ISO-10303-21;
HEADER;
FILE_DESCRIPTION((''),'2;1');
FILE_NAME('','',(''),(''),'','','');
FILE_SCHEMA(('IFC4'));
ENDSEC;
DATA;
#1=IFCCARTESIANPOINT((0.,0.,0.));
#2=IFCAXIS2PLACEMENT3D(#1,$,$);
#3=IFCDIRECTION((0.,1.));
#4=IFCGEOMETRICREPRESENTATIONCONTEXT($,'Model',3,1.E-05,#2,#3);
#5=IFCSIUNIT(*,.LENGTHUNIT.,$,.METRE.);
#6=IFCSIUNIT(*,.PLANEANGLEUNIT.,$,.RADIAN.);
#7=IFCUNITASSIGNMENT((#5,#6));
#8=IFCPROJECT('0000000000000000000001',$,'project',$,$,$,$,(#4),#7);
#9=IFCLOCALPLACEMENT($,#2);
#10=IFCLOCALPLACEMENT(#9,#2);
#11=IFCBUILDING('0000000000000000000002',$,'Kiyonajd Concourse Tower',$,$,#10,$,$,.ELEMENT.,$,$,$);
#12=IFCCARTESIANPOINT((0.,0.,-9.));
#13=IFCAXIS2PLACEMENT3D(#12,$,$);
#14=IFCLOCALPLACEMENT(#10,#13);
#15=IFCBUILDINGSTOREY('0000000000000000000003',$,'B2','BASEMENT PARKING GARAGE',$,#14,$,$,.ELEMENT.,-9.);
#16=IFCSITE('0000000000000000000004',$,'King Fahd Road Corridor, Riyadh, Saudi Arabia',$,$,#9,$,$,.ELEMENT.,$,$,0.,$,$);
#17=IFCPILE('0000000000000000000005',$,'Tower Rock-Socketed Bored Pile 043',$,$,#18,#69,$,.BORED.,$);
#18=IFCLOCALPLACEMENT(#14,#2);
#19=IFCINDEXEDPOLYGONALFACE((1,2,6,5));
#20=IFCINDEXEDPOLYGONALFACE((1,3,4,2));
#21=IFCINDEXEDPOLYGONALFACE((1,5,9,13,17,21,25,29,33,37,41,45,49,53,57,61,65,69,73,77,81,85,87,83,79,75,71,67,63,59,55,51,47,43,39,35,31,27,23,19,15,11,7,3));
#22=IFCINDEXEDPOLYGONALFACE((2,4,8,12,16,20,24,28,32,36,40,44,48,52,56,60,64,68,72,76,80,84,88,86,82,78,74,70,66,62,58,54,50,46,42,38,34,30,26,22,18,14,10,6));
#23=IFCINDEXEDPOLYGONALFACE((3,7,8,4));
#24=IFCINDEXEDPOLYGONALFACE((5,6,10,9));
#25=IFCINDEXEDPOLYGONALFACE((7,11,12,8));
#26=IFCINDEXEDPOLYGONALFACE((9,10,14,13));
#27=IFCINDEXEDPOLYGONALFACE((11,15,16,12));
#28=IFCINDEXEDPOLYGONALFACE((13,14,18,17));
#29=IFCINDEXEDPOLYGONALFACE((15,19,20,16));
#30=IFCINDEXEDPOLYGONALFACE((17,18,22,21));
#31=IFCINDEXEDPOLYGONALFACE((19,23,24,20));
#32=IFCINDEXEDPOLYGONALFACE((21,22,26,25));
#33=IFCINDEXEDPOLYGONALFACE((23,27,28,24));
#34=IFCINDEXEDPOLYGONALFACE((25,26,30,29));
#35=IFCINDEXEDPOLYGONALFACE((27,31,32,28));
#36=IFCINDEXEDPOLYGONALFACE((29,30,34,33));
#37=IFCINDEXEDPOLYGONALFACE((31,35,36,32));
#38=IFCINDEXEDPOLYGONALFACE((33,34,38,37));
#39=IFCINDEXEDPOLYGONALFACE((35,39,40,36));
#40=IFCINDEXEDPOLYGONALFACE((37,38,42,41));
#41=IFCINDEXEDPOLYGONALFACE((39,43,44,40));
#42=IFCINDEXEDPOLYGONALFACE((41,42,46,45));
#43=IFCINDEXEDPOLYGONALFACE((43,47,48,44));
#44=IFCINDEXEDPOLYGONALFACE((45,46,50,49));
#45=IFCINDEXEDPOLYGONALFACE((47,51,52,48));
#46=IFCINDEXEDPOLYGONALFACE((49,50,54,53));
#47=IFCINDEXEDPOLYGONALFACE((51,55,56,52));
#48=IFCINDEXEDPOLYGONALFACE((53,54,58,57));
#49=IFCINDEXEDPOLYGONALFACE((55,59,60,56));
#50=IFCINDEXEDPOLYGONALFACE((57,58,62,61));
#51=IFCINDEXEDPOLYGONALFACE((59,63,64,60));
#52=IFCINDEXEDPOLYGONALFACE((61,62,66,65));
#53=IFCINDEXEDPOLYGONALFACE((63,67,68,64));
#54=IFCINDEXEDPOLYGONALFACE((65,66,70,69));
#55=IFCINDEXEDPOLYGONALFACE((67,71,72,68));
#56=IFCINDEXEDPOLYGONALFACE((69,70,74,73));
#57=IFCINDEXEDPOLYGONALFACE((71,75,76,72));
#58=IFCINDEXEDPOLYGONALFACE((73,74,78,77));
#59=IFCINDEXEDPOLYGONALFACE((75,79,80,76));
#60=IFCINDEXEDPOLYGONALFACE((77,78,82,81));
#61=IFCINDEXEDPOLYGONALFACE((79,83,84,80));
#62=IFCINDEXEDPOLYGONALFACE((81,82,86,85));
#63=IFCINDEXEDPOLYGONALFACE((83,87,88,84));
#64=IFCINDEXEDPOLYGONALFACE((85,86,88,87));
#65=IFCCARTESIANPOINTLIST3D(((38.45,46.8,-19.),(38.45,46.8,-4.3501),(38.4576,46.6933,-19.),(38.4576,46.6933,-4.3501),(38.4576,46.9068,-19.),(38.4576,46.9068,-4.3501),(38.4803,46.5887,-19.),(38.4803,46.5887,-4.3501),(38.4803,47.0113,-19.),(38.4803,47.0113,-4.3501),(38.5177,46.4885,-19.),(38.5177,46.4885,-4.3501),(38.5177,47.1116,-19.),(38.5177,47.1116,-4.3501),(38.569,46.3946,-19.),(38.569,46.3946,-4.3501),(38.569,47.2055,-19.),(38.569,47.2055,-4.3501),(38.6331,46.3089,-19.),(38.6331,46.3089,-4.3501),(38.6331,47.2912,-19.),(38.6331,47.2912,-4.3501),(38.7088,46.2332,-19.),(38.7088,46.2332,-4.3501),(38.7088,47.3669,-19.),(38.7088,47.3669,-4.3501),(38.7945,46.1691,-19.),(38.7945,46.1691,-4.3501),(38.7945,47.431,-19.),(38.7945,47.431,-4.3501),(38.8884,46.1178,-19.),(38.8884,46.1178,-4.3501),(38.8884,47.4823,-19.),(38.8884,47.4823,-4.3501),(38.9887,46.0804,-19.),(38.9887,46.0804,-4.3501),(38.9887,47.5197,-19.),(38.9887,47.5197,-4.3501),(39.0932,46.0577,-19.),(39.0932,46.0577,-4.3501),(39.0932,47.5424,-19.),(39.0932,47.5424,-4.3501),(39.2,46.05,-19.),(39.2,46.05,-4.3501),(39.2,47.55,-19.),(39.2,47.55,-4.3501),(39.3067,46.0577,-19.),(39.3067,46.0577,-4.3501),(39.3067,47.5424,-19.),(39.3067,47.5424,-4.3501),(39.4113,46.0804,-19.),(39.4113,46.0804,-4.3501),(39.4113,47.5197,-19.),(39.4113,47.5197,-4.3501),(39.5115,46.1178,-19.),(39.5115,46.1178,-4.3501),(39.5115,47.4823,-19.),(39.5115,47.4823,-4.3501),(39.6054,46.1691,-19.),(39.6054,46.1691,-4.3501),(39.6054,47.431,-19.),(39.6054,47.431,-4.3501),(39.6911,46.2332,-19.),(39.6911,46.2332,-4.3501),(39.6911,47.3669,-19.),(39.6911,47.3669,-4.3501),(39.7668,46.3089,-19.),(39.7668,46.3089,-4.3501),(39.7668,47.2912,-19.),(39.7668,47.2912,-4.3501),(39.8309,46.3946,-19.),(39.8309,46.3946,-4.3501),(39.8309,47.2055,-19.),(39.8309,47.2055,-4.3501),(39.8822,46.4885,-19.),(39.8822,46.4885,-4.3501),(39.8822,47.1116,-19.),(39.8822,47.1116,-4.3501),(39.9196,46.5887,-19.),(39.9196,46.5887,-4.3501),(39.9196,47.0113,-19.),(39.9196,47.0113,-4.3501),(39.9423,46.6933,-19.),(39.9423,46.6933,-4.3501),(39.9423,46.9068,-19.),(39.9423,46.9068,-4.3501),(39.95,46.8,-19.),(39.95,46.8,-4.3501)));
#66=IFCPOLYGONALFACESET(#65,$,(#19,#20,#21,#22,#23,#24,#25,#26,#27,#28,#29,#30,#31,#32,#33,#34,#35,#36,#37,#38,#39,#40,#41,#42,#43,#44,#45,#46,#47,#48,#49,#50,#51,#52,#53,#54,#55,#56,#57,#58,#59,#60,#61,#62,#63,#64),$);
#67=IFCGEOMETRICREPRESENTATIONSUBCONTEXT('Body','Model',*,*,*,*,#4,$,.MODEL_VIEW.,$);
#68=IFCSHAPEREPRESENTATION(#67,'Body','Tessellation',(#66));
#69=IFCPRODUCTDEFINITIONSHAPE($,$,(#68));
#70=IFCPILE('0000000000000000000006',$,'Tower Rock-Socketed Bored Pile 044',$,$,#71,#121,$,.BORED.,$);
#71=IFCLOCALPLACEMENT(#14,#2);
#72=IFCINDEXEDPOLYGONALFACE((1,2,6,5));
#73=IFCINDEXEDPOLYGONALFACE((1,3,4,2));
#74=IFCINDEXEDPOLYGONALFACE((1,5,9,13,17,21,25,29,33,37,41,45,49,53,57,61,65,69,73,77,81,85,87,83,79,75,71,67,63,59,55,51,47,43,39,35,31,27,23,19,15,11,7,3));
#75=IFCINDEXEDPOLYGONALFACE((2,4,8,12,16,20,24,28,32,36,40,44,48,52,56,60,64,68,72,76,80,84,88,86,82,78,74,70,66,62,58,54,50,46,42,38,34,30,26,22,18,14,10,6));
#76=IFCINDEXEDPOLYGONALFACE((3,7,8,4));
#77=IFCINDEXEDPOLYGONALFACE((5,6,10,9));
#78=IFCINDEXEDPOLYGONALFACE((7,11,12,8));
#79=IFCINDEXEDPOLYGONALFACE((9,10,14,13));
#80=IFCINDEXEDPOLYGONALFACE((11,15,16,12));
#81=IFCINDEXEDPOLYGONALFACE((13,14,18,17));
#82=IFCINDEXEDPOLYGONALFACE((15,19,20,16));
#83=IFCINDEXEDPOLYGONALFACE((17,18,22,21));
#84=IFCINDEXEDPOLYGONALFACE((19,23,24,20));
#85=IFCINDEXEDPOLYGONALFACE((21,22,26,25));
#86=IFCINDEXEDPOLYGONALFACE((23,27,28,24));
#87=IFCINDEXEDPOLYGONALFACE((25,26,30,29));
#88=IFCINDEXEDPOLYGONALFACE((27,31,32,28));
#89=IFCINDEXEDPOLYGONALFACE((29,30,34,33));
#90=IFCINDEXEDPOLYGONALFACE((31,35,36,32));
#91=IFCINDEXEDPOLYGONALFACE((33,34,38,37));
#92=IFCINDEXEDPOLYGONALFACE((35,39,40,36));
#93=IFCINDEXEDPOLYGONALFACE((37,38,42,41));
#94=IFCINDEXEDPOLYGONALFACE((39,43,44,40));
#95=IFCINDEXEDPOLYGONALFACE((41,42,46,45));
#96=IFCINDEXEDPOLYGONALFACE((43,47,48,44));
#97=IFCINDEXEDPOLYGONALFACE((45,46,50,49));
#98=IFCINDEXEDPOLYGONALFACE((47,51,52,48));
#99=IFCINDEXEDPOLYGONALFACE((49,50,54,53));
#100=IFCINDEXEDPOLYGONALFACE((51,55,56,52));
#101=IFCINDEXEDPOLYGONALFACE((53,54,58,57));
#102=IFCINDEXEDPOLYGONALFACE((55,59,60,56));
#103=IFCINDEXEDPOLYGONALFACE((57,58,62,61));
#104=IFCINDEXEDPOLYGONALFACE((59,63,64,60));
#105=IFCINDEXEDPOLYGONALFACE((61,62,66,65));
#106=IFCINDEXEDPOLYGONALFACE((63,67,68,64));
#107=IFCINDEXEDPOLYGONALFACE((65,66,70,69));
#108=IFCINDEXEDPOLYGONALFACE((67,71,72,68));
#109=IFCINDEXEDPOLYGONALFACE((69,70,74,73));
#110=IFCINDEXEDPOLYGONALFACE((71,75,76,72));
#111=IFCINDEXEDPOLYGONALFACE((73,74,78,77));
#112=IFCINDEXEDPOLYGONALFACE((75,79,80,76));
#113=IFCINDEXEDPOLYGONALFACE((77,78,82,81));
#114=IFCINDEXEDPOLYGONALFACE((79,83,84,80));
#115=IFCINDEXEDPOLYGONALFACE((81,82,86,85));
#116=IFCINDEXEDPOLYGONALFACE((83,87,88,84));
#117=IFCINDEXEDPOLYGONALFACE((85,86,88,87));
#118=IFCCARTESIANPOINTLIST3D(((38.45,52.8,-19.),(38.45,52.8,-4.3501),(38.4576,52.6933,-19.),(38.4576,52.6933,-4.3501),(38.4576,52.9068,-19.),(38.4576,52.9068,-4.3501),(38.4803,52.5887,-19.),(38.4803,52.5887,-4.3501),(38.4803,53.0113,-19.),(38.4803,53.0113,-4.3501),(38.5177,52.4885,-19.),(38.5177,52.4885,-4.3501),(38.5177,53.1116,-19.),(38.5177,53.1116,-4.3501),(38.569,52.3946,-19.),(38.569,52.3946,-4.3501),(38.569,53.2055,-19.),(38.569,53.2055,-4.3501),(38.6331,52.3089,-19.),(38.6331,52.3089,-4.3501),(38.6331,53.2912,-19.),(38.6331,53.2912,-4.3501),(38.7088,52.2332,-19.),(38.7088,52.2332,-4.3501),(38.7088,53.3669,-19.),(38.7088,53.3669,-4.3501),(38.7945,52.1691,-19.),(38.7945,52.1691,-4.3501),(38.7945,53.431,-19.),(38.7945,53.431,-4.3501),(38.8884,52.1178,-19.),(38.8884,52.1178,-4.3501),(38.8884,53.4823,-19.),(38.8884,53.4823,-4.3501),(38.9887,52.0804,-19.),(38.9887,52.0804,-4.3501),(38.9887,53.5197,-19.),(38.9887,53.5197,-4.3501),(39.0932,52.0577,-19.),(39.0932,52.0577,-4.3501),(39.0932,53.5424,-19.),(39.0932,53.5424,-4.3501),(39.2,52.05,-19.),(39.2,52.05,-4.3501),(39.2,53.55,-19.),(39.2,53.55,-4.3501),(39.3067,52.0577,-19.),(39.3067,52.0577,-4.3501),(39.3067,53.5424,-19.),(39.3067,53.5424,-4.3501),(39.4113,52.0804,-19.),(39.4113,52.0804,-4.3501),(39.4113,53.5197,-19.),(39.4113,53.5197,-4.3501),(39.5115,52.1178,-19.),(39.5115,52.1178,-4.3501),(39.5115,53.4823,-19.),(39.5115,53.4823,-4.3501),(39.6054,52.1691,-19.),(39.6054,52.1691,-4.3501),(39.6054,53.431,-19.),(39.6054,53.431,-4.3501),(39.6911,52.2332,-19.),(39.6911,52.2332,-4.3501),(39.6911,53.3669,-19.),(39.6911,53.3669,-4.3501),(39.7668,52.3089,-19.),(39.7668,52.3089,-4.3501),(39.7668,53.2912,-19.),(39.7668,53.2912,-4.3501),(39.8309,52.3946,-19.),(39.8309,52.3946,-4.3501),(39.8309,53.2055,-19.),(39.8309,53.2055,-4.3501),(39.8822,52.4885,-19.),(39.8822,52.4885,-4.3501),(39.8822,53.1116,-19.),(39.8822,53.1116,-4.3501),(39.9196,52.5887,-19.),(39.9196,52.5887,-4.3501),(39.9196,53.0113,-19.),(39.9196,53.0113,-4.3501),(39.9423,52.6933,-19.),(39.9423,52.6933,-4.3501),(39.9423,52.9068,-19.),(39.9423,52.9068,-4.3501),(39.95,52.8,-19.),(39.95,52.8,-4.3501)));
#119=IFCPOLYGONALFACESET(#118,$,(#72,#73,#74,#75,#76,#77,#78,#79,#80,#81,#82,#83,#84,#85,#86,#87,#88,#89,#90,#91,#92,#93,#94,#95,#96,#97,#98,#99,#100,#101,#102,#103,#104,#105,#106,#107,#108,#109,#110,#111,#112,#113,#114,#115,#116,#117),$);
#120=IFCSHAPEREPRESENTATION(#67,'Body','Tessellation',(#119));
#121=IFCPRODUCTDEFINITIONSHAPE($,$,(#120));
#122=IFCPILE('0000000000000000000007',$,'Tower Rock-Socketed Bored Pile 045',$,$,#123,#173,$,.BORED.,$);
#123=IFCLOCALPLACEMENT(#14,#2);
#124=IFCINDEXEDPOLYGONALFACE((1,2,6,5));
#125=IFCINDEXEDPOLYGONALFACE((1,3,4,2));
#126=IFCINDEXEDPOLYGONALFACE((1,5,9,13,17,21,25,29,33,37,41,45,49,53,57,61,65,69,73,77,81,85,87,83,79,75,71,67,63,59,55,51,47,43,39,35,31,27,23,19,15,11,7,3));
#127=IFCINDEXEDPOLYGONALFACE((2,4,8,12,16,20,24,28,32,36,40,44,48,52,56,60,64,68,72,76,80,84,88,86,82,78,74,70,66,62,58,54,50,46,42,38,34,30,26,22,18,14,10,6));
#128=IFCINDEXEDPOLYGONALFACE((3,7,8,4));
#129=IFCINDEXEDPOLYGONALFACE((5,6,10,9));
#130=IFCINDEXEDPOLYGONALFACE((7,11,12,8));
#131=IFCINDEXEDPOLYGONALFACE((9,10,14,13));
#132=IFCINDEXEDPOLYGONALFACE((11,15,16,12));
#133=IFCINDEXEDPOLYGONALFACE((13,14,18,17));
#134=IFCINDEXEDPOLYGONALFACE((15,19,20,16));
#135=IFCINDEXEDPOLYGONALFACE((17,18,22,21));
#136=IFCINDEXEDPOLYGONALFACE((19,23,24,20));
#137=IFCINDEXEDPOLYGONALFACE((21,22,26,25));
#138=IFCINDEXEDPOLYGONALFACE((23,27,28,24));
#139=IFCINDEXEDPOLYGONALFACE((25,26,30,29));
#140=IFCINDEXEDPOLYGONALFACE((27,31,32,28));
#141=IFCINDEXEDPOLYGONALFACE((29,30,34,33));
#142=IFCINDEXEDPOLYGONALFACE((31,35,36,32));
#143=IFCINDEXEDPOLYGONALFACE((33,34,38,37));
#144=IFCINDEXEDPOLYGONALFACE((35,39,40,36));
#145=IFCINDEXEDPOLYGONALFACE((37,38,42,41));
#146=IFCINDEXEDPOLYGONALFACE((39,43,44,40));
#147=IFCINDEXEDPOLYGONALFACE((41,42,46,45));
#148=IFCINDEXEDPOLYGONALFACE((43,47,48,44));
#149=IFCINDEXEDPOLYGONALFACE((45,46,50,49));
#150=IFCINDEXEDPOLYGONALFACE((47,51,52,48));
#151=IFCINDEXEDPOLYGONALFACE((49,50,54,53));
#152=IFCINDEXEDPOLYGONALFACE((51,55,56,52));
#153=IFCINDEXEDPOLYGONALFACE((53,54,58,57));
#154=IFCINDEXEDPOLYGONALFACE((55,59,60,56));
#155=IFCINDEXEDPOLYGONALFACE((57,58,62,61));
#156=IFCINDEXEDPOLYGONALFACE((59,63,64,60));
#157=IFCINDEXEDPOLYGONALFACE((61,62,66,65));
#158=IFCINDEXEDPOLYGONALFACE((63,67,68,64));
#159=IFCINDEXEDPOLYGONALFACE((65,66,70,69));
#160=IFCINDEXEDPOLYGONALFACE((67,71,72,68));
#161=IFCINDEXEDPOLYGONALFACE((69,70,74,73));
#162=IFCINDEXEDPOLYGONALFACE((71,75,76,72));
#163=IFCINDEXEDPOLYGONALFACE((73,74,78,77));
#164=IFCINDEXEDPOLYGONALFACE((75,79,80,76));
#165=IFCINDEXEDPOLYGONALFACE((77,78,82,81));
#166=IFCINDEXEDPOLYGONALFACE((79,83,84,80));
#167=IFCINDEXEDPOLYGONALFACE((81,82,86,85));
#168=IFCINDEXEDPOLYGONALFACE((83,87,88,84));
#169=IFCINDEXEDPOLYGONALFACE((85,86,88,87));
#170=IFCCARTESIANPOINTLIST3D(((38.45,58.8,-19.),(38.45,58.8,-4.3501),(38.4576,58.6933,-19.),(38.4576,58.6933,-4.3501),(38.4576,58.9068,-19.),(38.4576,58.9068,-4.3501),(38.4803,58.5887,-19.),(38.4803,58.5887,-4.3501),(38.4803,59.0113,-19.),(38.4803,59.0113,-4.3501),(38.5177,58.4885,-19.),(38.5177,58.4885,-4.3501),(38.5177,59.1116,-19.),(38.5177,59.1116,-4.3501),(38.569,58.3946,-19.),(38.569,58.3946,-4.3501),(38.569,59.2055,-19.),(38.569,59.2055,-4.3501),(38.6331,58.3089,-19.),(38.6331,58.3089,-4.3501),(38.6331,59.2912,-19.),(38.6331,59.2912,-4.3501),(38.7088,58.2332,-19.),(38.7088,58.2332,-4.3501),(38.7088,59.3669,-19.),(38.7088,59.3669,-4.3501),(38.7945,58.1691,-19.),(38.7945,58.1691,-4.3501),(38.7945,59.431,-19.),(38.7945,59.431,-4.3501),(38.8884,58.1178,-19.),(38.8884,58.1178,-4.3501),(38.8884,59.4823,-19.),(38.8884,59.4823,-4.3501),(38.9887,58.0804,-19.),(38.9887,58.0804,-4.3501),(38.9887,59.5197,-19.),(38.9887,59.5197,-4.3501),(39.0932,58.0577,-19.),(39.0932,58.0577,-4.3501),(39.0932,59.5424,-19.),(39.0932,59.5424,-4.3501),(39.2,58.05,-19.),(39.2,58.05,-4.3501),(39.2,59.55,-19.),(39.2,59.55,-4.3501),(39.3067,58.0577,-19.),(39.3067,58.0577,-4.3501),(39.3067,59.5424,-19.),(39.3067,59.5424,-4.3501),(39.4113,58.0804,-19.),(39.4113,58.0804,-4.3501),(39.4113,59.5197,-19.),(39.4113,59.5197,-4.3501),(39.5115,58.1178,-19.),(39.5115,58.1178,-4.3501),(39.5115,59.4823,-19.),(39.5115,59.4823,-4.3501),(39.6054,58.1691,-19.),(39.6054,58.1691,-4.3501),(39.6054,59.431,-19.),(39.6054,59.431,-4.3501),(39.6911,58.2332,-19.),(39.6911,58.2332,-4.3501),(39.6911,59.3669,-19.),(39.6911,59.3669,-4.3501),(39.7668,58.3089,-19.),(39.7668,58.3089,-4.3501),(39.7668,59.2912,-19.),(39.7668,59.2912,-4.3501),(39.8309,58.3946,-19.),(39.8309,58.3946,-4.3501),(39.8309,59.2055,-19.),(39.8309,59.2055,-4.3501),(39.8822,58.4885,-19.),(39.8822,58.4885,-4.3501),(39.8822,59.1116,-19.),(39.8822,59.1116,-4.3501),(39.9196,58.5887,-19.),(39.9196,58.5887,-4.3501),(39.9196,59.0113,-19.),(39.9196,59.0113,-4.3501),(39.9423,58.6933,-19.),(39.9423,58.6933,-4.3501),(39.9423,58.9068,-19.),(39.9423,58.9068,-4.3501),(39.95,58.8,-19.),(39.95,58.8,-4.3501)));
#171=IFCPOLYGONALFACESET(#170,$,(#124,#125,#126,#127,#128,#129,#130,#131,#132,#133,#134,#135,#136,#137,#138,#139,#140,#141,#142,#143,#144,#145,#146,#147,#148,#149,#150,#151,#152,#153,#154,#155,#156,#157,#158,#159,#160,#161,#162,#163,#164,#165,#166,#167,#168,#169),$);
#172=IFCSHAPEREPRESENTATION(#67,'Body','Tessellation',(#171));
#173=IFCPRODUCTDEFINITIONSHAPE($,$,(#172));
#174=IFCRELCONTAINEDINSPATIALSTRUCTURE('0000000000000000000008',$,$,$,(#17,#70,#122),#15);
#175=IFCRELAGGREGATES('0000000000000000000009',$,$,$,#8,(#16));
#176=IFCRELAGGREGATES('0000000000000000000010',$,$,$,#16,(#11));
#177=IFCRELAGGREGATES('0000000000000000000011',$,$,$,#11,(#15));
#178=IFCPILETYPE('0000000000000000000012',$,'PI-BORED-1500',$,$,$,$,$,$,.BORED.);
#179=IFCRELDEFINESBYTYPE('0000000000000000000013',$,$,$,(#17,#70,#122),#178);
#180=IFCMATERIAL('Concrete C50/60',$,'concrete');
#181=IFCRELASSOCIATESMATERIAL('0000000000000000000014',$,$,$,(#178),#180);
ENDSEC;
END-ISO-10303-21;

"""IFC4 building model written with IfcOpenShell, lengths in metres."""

from ifc_helpers import new_model, si_unit, direction, frame, origin, origin_2d, place, context, subcontext, project, spatial, circle, extrude, material, material_profile, profile_set, type_object, element, save


model = new_model("IFC4")

# Units and contexts
model_context = context("Model", 3, precision=1e-05, world=origin(), true_north=direction((0.0, 1.0)))
body_context = subcontext(model_context, "Body", "Model", "MODEL_VIEW")
ifc_project = project(units=[si_unit("LENGTHUNIT", "METRE"), si_unit("PLANEANGLEUNIT", "RADIAN")], contexts=[model_context])

# Site, building, storey
site_placement = place(None, origin())
site = spatial("IfcSite", under=ifc_project, at=site_placement, Name="King Fahd Road Corridor, Riyadh, Saudi Arabia", CompositionType="ELEMENT", RefElevation=0.0)
building_placement = place(site_placement, origin())
building = spatial("IfcBuilding", under=site, at=building_placement, Name="Kiyonajd Concourse Tower", CompositionType="ELEMENT")
storey_placement = place(building_placement, frame((0.0, 0.0, -9.0)))
storey = spatial("IfcBuildingStorey", under=building, at=storey_placement, Name="B2", Description="BASEMENT PARKING GARAGE", CompositionType="ELEMENT", Elevation=-9.0)

# Piles
ifc_material_1 = material(Name="Concrete C50/60", Category="concrete")
ifc_material_profile_1 = material_profile(ifc_material_1, circle(Radius=0.75, at=origin_2d()), Name="PILE-D1500")
ifc_profile_set_1 = profile_set([ifc_material_profile_1], Name="Concrete C50/60")
pile_type = type_object("IfcPileType", Name="PI-BORED-1500", PredefinedType="BORED", material=ifc_profile_set_1)
for number, where, z_axis, x_axis, name in (
    (1, (39.2, 46.8, -4.3501), (0.0, 0.0, -1.0), (1.0, 0.0, 0.0), "Tower Rock-Socketed Bored Pile 043"),
    (2, (39.2, 52.8, -4.3501), (0.0, 0.0, -1.0), (1.0, 0.0, 0.0), "Tower Rock-Socketed Bored Pile 044"),
    (3, (39.2, 58.8, -4.3501), (0.0, 0.0, -1.0), (1.0, 0.0, 0.0), "Tower Rock-Socketed Bored Pile 045"),
):
    element("IfcPile", number, at=place(storey_placement, frame(where, z_axis=z_axis, x_axis=x_axis)), inside=storey, type_object=pile_type, Name=name, PredefinedType="BORED", context=body_context, shape_type="SweptSolid", body=[
        extrude(circle(Radius=0.75, at=origin_2d()), origin(), (0.0, 0.0, 1.0), 14.6499),
    ])

save(model, "model.ifc")
